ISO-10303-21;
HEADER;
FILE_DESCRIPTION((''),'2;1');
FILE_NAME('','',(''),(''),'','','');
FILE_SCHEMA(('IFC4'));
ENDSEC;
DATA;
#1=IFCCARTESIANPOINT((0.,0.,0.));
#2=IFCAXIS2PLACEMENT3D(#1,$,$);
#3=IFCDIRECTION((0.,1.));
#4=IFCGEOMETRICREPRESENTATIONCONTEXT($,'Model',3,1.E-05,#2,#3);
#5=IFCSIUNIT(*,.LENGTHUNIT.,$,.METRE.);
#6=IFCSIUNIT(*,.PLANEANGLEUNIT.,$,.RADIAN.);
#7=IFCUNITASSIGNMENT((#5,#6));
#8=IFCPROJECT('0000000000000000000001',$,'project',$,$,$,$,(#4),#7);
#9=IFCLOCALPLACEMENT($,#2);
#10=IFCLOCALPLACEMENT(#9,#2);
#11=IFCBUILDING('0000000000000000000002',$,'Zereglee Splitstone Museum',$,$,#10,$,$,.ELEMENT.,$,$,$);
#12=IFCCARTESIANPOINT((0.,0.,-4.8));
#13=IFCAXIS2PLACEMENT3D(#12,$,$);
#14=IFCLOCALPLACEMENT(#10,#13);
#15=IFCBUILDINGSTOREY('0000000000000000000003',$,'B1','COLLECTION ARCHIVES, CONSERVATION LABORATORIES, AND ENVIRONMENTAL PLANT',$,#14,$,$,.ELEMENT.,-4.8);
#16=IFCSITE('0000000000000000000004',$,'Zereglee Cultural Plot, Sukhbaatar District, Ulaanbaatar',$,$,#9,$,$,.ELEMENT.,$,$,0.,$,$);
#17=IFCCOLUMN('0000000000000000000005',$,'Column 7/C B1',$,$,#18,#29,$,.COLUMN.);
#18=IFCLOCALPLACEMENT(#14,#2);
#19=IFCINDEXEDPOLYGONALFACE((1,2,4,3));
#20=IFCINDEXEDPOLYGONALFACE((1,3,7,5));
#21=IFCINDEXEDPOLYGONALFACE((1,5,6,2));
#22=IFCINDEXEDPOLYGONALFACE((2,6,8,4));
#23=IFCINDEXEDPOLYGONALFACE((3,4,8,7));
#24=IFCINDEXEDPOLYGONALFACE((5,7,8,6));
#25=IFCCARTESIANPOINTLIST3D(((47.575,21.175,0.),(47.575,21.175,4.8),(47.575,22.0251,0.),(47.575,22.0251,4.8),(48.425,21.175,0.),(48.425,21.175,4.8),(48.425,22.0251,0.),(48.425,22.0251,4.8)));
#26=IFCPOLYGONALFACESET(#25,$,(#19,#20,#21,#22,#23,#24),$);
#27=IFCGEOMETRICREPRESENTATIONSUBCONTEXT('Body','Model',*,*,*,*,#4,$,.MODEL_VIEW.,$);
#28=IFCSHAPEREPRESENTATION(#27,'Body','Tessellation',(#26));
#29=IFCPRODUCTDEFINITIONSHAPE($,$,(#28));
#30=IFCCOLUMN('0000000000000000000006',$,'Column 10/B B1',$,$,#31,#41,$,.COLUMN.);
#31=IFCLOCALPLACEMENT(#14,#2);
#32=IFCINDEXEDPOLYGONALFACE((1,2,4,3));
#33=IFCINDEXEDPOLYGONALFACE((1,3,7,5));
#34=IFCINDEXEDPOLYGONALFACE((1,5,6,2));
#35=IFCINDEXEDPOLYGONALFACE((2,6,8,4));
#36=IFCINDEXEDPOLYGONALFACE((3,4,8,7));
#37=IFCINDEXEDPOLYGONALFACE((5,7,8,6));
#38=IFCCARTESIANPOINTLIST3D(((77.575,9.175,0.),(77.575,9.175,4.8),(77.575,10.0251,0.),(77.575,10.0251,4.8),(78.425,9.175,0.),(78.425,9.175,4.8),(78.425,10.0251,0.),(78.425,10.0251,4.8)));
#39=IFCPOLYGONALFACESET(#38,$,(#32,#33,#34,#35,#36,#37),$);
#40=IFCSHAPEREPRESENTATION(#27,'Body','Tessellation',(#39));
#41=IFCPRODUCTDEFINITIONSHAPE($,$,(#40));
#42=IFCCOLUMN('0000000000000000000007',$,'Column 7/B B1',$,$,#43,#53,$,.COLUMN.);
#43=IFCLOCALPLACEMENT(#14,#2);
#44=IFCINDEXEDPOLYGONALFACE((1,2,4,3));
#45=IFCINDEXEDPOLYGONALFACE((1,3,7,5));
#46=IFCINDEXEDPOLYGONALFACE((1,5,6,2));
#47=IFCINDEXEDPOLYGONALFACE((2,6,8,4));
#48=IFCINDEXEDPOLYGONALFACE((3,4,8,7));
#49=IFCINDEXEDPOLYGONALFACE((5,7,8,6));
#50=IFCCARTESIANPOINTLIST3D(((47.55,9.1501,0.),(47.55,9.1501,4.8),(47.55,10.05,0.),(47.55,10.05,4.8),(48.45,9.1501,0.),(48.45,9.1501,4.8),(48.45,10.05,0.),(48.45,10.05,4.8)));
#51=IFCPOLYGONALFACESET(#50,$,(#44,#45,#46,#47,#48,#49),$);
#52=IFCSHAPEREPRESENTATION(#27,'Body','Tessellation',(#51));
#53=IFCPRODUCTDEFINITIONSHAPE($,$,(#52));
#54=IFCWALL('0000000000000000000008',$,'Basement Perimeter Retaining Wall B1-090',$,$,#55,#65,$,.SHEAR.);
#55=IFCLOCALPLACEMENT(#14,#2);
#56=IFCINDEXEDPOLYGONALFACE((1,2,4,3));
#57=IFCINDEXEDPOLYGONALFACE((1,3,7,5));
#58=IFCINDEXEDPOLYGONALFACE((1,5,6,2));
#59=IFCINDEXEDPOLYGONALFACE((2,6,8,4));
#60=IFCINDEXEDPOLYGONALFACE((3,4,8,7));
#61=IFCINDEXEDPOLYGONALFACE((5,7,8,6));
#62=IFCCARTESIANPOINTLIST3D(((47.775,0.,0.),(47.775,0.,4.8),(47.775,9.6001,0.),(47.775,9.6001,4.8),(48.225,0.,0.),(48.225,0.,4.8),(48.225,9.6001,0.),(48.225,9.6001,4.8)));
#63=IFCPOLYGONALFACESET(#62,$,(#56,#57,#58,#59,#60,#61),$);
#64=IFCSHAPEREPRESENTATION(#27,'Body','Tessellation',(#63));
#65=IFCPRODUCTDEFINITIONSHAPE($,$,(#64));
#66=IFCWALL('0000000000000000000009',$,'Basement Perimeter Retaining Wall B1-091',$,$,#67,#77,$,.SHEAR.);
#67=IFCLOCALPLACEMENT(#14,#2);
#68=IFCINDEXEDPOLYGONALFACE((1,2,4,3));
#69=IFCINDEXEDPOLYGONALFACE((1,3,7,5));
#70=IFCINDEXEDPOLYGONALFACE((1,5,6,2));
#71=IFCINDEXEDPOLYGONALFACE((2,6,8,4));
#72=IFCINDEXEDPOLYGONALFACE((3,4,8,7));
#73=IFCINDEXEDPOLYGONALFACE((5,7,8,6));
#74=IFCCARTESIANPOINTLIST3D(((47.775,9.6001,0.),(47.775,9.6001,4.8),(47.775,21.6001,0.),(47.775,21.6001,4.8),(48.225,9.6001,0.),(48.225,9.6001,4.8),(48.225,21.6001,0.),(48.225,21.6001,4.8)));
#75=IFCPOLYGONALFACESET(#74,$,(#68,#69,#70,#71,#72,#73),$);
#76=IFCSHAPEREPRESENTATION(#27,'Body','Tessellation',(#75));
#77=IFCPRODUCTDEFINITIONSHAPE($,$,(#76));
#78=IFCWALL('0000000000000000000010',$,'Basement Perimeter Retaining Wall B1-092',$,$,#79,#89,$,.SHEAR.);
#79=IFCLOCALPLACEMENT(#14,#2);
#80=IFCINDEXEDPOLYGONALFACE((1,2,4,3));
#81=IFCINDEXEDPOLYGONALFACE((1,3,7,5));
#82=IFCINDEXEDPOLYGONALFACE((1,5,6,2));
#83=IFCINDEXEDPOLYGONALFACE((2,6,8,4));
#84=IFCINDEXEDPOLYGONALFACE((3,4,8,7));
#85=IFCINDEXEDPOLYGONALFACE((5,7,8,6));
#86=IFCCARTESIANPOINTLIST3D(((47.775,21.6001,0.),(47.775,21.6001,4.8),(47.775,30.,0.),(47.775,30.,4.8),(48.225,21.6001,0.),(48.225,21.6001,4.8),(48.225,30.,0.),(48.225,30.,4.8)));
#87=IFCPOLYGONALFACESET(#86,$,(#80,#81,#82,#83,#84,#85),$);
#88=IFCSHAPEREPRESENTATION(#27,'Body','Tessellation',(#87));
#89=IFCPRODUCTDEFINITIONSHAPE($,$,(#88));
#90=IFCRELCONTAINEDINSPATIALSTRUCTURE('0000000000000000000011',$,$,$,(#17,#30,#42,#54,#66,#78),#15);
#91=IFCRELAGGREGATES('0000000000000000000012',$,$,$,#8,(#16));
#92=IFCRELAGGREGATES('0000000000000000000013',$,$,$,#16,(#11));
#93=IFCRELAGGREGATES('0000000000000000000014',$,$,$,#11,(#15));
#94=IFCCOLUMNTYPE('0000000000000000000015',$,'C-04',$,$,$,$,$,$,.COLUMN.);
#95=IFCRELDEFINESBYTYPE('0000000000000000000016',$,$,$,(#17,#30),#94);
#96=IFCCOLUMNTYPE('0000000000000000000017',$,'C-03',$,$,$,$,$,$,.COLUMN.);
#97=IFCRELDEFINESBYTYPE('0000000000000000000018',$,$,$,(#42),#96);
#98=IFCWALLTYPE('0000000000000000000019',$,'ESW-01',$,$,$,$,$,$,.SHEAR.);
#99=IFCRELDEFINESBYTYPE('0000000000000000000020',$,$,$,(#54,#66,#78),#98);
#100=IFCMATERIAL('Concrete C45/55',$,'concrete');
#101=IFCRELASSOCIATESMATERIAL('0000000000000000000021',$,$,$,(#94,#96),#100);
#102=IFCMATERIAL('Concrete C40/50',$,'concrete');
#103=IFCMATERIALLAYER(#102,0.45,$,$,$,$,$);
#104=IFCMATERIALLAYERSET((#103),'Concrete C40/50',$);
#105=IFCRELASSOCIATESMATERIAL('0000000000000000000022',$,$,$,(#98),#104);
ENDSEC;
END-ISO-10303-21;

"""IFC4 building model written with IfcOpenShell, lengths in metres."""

from ifc_helpers import new_model, si_unit, direction, frame, frame_2d, origin, origin_2d, place, context, subcontext, project, spatial, rectangle, extrude, material, layer, layer_set, material_profile, profile_set, type_object, element, save


model = new_model("IFC4")

# Units and contexts
model_context = context("Model", 3, precision=1e-05, world=origin(), true_north=direction((0.0, 1.0)))
body_context = subcontext(model_context, "Body", "Model", "MODEL_VIEW")
ifc_project = project(units=[si_unit("LENGTHUNIT", "METRE"), si_unit("PLANEANGLEUNIT", "RADIAN")], contexts=[model_context])

# Site, building, storey
site_placement = place(None, origin())
site = spatial("IfcSite", under=ifc_project, at=site_placement, Name="Zereglee Cultural Plot, Sukhbaatar District, Ulaanbaatar", CompositionType="ELEMENT", RefElevation=0.0)
building_placement = place(site_placement, origin())
building = spatial("IfcBuilding", under=site, at=building_placement, Name="Zereglee Splitstone Museum", CompositionType="ELEMENT")
storey_placement = place(building_placement, frame((0.0, 0.0, -4.8)))
storey = spatial("IfcBuildingStorey", under=building, at=storey_placement, Name="B1", Description="COLLECTION ARCHIVES, CONSERVATION LABORATORIES, AND ENVIRONMENTAL PLANT", CompositionType="ELEMENT", Elevation=-4.8)

# Shared definitions
ifc_material_1 = material(Name="Concrete C40/50", Category="concrete")

# Columns
ifc_material_2 = material(Name="Concrete C45/55", Category="concrete")
ifc_material_profile_1 = material_profile(ifc_material_2, rectangle(XDim=0.8501, YDim=0.8501, at=origin_2d()), Name="RC 850x850")
ifc_profile_set_1 = profile_set([ifc_material_profile_1], Name="Concrete C45/55")
column_type_1 = type_object("IfcColumnType", Name="C-04", PredefinedType="COLUMN", material=ifc_profile_set_1)
for number, where, z_axis, x_axis, name in (
    (1, (48.0, 21.6001, 0.0), (0.0, 0.0, 1.0), (1.0, 0.0, 0.0), "Column 7/C B1"),
    (2, (78.0, 9.6001, 0.0), (0.0, 0.0, 1.0), (1.0, 0.0, 0.0), "Column 10/B B1"),
):
    element("IfcColumn", number, at=place(storey_placement, frame(where, z_axis=z_axis, x_axis=x_axis)), inside=storey, type_object=column_type_1, Name=name, PredefinedType="COLUMN", context=body_context, shape_type="SweptSolid", body=[
        extrude(rectangle(XDim=0.8501, YDim=0.8501, at=origin_2d()), origin(), (0.0, 0.0, 1.0), 4.8),
    ])
ifc_material_profile_2 = material_profile(ifc_material_2, rectangle(XDim=0.8999, YDim=0.8999, at=origin_2d()), Name="RC 900x900")
ifc_profile_set_2 = profile_set([ifc_material_profile_2], Name="Concrete C45/55")
column_type_2 = type_object("IfcColumnType", Name="C-03", PredefinedType="COLUMN", material=ifc_profile_set_2)
column_1_placement = place(storey_placement, frame((48.0, 9.6001, 0.0), z_axis=(0.0, 0.0, 1.0), x_axis=(1.0, 0.0, 0.0)))
element("IfcColumn", 3, at=column_1_placement, inside=storey, type_object=column_type_2, Name="Column 7/B B1", PredefinedType="COLUMN", context=body_context, shape_type="SweptSolid", body=[
    extrude(rectangle(XDim=0.8999, YDim=0.8999, at=origin_2d()), origin(), (0.0, 0.0, 1.0), 4.8),
])

# Walls
ifc_layer_1 = layer(ifc_material_1, 0.45)
ifc_layer_set_1 = layer_set([ifc_layer_1], Name="Concrete C40/50")
wall_type = type_object("IfcWallType", Name="ESW-01", PredefinedType="SHEAR", material=ifc_layer_set_1)
wall_1_placement = place(storey_placement, frame((48.0, 0.0, 0.0), z_axis=(0.0, 0.0, 1.0), x_axis=(0.0, 1.0, 0.0)))
element("IfcWall", 4, at=wall_1_placement, inside=storey, type_object=wall_type, Name="Basement Perimeter Retaining Wall B1-090", PredefinedType="SHEAR", context=body_context, shape_type="SweptSolid", body=[
    extrude(rectangle(XDim=9.6001, YDim=0.45, at=frame_2d((4.8, 0.0))), origin(), (0.0, 0.0, 1.0), 4.8),
])
wall_2_placement = place(storey_placement, frame((48.0, 9.6001, 0.0), z_axis=(0.0, 0.0, 1.0), x_axis=(0.0, 1.0, 0.0)))
element("IfcWall", 5, at=wall_2_placement, inside=storey, type_object=wall_type, Name="Basement Perimeter Retaining Wall B1-091", PredefinedType="SHEAR", context=body_context, shape_type="SweptSolid", body=[
    extrude(rectangle(XDim=12.0, YDim=0.45, at=frame_2d((6.0, 0.0))), origin(), (0.0, 0.0, 1.0), 4.8),
])
wall_3_placement = place(storey_placement, frame((48.0, 21.6001, 0.0), z_axis=(0.0, 0.0, 1.0), x_axis=(0.0, 1.0, 0.0)))
element("IfcWall", 6, at=wall_3_placement, inside=storey, type_object=wall_type, Name="Basement Perimeter Retaining Wall B1-092", PredefinedType="SHEAR", context=body_context, shape_type="SweptSolid", body=[
    extrude(rectangle(XDim=8.3999, YDim=0.45, at=frame_2d((4.2, 0.0))), origin(), (0.0, 0.0, 1.0), 4.8),
])

save(model, "model.ifc")
